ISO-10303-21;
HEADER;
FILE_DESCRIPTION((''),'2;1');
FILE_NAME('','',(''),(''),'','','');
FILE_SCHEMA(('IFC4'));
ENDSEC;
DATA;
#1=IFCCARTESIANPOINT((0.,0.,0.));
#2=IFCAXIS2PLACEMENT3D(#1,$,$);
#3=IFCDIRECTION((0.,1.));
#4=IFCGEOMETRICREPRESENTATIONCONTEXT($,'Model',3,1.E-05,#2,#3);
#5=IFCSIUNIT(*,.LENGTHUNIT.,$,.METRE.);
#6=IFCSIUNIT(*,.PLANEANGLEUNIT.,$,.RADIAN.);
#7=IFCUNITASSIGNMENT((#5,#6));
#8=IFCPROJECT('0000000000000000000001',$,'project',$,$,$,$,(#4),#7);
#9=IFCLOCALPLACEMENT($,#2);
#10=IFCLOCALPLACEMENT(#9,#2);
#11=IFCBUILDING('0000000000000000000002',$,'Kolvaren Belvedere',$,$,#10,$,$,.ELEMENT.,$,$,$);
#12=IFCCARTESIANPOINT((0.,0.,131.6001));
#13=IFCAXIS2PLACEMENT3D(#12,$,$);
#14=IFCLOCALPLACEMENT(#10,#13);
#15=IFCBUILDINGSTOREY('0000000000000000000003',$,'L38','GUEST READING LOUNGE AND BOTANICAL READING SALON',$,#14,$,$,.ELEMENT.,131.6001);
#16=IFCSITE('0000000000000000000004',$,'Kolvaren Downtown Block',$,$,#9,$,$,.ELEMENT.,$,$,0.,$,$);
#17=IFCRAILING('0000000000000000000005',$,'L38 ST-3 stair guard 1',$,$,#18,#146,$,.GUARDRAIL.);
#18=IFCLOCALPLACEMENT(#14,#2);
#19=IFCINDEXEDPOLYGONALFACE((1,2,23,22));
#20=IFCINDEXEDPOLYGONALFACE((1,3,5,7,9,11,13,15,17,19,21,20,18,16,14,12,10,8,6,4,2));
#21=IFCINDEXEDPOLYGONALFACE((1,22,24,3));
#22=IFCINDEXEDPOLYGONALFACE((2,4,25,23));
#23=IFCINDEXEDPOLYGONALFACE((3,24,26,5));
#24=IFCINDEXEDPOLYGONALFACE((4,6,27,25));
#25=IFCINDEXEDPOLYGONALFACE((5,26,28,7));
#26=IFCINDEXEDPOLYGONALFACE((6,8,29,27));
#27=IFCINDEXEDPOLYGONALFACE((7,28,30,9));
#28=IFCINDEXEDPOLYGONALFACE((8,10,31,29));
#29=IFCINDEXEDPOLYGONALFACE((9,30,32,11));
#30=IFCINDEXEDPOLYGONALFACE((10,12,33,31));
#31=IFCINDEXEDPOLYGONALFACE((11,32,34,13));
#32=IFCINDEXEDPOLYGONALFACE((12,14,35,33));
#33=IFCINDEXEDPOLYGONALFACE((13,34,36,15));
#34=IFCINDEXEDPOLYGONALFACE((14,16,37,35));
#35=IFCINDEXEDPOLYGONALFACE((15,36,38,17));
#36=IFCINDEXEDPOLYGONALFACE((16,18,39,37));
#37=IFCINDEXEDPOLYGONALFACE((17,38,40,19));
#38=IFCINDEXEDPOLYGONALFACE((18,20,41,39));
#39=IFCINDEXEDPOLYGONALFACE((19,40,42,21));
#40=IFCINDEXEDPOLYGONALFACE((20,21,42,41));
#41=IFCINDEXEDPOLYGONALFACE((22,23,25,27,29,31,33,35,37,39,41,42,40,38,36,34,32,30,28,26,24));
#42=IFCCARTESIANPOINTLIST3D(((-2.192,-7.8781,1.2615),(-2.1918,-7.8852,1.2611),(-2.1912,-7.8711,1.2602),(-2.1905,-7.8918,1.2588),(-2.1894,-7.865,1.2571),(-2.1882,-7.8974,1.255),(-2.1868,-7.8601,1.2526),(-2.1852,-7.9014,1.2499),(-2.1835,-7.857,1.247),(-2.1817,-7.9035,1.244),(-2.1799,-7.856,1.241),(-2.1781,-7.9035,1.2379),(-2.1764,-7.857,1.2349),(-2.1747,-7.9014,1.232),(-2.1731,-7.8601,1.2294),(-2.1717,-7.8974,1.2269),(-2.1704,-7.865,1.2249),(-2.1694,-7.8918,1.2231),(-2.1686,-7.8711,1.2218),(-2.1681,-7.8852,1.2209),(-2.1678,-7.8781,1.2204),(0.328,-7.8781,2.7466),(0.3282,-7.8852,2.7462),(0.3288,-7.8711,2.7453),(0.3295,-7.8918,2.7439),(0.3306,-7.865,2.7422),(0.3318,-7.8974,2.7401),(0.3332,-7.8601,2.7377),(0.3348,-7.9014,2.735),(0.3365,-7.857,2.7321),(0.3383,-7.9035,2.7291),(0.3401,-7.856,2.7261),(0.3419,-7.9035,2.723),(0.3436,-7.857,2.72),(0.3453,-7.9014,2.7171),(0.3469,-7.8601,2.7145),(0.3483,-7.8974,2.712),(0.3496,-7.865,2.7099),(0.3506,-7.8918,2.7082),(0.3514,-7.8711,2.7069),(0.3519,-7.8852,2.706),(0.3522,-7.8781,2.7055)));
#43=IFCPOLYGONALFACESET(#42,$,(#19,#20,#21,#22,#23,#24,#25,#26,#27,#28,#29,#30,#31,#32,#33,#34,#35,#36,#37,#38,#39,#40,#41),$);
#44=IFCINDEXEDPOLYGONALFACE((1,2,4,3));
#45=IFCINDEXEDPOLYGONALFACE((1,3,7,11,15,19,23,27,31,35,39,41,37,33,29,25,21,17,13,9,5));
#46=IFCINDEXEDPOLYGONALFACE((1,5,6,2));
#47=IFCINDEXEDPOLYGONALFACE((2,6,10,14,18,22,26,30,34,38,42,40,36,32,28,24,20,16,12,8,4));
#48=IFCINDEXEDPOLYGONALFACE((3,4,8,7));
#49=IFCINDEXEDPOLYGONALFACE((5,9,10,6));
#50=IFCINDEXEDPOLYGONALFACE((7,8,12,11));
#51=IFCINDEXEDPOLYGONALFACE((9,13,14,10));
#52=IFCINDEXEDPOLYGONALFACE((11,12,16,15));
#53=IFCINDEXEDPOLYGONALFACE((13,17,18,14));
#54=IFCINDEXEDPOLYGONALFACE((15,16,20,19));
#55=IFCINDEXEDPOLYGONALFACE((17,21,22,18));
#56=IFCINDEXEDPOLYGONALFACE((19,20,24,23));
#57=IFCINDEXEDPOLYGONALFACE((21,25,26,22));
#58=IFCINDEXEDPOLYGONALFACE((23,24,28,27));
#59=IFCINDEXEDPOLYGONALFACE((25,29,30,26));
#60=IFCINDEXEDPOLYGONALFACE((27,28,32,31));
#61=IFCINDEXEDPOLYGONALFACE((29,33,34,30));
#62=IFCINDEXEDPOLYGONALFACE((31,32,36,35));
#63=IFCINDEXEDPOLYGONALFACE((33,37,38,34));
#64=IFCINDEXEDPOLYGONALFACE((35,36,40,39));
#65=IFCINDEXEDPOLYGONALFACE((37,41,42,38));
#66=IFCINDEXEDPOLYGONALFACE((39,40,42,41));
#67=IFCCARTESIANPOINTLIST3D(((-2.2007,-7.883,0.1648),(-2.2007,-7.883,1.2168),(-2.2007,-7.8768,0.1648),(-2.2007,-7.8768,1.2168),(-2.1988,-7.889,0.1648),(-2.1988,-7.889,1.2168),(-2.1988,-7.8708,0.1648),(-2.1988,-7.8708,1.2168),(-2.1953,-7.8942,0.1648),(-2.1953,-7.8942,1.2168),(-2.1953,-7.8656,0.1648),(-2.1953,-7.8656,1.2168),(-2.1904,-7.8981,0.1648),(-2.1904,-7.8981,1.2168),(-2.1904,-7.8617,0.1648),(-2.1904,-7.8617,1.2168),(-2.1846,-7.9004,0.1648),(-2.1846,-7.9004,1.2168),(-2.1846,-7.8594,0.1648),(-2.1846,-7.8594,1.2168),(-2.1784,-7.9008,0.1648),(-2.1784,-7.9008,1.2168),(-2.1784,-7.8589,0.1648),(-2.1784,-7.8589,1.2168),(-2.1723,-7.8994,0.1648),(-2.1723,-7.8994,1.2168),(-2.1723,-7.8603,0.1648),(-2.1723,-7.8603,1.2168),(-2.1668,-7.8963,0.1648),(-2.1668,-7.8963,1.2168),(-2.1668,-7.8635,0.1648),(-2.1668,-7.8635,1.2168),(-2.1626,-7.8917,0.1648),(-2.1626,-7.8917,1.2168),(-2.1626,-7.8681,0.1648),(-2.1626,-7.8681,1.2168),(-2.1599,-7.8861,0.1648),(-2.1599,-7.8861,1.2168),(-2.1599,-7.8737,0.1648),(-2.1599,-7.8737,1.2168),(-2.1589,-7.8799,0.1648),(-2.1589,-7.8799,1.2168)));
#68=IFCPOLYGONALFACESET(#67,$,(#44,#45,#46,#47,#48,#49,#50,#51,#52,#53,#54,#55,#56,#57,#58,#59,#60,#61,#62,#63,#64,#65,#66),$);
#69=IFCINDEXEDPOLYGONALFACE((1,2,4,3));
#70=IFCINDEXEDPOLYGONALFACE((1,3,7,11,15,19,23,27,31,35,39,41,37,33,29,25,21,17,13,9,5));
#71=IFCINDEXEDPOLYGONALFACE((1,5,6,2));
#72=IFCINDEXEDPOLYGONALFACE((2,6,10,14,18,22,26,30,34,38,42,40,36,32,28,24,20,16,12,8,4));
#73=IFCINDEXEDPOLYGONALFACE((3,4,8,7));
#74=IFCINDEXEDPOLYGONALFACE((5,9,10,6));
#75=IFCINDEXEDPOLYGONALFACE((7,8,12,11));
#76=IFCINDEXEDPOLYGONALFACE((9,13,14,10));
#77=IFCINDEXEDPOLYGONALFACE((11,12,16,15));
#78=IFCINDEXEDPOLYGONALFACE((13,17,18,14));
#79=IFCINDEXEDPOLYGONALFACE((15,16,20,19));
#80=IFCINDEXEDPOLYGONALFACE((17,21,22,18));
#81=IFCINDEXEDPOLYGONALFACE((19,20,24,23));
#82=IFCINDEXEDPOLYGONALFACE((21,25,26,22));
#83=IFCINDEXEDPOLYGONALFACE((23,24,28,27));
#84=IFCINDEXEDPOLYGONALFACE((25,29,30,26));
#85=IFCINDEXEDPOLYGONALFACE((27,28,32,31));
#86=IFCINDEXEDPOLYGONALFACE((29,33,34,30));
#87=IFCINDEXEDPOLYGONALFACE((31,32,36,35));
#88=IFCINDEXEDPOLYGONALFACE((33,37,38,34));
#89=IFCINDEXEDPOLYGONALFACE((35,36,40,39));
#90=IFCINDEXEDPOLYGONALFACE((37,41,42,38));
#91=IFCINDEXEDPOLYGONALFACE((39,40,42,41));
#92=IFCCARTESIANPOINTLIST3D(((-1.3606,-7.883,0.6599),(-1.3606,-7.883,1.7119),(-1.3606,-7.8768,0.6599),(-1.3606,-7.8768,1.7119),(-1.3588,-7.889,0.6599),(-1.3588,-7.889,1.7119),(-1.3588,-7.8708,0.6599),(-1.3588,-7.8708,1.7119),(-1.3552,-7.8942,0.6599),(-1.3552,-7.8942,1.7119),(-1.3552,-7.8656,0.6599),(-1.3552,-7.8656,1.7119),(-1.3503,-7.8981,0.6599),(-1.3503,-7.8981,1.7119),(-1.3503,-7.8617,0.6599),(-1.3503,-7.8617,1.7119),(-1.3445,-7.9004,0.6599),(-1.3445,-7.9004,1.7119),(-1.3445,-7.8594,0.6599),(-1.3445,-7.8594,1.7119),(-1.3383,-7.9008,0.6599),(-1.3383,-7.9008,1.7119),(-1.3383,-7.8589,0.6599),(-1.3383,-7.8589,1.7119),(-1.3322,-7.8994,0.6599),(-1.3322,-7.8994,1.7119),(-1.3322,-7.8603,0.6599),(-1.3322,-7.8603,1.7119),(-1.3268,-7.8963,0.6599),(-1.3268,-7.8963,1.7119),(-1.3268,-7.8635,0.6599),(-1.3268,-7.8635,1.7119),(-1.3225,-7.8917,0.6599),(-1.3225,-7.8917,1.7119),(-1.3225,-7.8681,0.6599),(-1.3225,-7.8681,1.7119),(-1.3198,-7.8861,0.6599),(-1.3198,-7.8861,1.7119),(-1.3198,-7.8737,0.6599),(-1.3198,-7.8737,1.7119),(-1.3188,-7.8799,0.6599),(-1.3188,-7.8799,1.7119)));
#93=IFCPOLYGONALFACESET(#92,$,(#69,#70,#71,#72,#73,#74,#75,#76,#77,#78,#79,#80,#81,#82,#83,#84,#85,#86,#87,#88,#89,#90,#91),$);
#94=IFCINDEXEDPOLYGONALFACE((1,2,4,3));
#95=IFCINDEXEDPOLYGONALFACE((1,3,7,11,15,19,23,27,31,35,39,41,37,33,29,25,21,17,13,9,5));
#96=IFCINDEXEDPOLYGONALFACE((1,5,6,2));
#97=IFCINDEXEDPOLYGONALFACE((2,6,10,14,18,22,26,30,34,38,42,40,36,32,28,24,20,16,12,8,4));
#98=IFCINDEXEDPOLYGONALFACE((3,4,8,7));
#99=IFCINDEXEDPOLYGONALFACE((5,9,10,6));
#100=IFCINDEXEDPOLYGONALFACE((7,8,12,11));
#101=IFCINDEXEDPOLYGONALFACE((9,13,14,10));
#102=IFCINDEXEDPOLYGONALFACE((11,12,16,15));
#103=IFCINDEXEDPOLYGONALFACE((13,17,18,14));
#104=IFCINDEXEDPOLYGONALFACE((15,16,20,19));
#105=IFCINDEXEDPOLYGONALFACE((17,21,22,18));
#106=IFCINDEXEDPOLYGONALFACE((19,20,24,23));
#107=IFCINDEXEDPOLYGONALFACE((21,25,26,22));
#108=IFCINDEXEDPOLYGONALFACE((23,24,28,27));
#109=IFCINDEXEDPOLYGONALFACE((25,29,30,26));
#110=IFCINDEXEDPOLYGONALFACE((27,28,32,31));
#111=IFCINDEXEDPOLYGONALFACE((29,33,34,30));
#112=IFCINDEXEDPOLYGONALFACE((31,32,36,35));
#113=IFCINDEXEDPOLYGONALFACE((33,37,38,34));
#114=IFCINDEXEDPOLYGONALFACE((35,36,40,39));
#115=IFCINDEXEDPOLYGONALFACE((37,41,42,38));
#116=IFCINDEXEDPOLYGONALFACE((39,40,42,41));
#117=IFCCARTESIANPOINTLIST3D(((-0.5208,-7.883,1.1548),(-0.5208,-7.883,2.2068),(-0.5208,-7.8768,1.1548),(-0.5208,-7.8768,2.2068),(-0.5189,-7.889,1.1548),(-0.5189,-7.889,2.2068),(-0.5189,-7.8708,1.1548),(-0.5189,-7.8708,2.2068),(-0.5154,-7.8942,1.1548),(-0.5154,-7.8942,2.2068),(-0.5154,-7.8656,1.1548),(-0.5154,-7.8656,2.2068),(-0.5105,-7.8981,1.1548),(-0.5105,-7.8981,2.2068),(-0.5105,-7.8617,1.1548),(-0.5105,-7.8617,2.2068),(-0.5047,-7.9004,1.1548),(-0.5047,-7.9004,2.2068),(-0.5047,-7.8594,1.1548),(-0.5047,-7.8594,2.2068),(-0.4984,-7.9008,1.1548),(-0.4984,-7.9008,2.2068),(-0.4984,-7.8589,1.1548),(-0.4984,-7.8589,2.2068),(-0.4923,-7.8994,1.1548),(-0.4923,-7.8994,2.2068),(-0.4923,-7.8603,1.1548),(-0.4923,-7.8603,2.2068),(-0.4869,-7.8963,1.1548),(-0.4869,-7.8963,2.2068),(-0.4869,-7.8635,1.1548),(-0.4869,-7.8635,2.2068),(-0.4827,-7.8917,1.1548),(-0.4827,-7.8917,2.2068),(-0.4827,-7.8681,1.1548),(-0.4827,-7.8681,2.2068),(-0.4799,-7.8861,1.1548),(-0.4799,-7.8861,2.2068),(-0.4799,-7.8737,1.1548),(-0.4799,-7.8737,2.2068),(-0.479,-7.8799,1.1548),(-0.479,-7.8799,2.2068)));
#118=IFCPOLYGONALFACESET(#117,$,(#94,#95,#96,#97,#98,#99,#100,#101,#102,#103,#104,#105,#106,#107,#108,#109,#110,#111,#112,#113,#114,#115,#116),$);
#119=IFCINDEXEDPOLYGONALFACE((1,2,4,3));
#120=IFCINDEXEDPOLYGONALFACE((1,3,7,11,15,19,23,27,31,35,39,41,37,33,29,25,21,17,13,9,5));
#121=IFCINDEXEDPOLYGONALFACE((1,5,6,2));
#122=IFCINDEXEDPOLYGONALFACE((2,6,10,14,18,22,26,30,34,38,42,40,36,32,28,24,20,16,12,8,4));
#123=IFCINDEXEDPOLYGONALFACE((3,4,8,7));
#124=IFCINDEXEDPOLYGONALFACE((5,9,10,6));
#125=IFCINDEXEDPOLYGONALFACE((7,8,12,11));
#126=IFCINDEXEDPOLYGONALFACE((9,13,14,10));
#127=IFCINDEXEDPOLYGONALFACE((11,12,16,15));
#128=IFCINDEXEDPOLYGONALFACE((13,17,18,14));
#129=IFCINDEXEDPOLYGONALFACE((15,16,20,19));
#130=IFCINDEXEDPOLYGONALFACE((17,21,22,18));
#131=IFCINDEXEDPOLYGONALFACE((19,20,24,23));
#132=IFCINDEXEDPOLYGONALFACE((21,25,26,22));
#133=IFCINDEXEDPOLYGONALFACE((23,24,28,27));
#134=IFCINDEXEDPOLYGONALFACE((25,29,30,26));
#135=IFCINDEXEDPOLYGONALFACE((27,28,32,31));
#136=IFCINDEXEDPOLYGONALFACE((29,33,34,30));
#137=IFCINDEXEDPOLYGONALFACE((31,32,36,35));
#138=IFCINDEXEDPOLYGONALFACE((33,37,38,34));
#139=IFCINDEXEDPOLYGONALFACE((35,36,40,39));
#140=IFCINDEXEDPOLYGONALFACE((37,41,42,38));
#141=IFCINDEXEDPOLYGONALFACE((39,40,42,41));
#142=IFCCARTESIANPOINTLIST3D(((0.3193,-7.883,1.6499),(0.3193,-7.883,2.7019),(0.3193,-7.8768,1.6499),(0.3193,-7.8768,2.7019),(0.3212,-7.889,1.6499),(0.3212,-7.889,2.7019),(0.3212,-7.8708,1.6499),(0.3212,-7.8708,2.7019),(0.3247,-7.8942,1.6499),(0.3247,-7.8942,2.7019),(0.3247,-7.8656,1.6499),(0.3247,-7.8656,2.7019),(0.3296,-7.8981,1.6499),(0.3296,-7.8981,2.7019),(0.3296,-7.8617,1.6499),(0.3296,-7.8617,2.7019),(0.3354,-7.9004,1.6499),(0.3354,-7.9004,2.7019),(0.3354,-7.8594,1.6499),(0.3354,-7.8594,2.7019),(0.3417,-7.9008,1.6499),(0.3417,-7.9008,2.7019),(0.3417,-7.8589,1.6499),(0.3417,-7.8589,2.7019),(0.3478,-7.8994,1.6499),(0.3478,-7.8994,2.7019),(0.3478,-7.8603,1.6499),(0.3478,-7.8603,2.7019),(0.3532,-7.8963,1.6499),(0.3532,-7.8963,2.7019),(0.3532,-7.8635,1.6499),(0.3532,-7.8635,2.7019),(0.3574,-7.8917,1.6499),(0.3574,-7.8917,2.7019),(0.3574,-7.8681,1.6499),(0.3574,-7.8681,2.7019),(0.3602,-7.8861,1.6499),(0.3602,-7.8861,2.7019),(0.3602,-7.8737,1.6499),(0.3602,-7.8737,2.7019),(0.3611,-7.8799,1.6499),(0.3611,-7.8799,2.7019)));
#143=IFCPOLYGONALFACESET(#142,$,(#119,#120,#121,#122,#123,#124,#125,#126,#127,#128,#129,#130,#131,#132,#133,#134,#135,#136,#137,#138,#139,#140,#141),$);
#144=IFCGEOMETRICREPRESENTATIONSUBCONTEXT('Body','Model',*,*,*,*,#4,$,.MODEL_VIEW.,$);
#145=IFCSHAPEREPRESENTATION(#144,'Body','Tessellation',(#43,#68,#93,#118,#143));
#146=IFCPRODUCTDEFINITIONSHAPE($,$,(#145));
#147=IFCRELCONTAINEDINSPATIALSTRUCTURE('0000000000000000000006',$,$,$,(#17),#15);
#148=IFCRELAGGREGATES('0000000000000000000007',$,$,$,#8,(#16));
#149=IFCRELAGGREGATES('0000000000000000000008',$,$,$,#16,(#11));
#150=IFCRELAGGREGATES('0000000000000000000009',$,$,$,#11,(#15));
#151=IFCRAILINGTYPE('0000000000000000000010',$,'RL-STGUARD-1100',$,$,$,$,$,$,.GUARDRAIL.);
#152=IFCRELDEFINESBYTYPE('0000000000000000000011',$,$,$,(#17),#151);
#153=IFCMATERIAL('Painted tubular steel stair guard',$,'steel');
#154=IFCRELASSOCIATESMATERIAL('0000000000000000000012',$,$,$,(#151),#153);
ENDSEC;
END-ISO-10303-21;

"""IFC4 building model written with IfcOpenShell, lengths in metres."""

from ifc_helpers import new_model, si_unit, direction, frame, origin, origin_2d, place, context, subcontext, project, spatial, circle, extrude, material, type_object, element, save


model = new_model("IFC4")

# Units and contexts
model_context = context("Model", 3, precision=1e-05, world=origin(), true_north=direction((0.0, 1.0)))
body_context = subcontext(model_context, "Body", "Model", "MODEL_VIEW")
ifc_project = project(units=[si_unit("LENGTHUNIT", "METRE"), si_unit("PLANEANGLEUNIT", "RADIAN")], contexts=[model_context])

# Site, building, storey
site_placement = place(None, origin())
site = spatial("IfcSite", under=ifc_project, at=site_placement, Name="Kolvaren Downtown Block", CompositionType="ELEMENT", RefElevation=0.0)
building_placement = place(site_placement, origin())
building = spatial("IfcBuilding", under=site, at=building_placement, Name="Kolvaren Belvedere", CompositionType="ELEMENT")
storey_placement = place(building_placement, frame((0.0, 0.0, 131.6001)))
storey = spatial("IfcBuildingStorey", under=building, at=storey_placement, Name="L38", Description="GUEST READING LOUNGE AND BOTANICAL READING SALON", CompositionType="ELEMENT", Elevation=131.6001)

# Railing
ifc_material_1 = material(Name="Painted tubular steel stair guard", Category="steel")
railing_type_1 = type_object("IfcRailingType", Name="RL-STGUARD-1100", PredefinedType="GUARDRAIL", material=ifc_material_1)
railing_1_placement = place(storey_placement, frame((-2.1799, -7.8799, 0.1648)))
element("IfcRailing", 1, at=railing_1_placement, inside=storey, type_object=railing_type_1, Name="L38 ST-3 stair guard 1", PredefinedType="GUARDRAIL", context=body_context, shape_type="SweptSolid", body=[
    extrude(circle(Radius=0.0239, at=origin_2d()), frame((0.0, 0.0, 1.0762), z_axis=(0.861524, 0.0, 0.507717), x_axis=(0.0, 1.0, 0.0)), (0.0, 0.0, 1.0), 2.925),
    extrude(circle(Radius=0.021, at=origin_2d()), origin(), (0.0, 0.0, 1.0), 1.052),
    extrude(circle(Radius=0.021, at=origin_2d()), frame((0.8401, 0.0, 0.4951)), (0.0, 0.0, 1.0), 1.052),
    extrude(circle(Radius=0.021, at=origin_2d()), frame((1.6799, 0.0, 0.99)), (0.0, 0.0, 1.0), 1.052),
    extrude(circle(Radius=0.021, at=origin_2d()), frame((2.52, 0.0, 1.4851)), (0.0, 0.0, 1.0), 1.052),
])

save(model, "model.ifc")
